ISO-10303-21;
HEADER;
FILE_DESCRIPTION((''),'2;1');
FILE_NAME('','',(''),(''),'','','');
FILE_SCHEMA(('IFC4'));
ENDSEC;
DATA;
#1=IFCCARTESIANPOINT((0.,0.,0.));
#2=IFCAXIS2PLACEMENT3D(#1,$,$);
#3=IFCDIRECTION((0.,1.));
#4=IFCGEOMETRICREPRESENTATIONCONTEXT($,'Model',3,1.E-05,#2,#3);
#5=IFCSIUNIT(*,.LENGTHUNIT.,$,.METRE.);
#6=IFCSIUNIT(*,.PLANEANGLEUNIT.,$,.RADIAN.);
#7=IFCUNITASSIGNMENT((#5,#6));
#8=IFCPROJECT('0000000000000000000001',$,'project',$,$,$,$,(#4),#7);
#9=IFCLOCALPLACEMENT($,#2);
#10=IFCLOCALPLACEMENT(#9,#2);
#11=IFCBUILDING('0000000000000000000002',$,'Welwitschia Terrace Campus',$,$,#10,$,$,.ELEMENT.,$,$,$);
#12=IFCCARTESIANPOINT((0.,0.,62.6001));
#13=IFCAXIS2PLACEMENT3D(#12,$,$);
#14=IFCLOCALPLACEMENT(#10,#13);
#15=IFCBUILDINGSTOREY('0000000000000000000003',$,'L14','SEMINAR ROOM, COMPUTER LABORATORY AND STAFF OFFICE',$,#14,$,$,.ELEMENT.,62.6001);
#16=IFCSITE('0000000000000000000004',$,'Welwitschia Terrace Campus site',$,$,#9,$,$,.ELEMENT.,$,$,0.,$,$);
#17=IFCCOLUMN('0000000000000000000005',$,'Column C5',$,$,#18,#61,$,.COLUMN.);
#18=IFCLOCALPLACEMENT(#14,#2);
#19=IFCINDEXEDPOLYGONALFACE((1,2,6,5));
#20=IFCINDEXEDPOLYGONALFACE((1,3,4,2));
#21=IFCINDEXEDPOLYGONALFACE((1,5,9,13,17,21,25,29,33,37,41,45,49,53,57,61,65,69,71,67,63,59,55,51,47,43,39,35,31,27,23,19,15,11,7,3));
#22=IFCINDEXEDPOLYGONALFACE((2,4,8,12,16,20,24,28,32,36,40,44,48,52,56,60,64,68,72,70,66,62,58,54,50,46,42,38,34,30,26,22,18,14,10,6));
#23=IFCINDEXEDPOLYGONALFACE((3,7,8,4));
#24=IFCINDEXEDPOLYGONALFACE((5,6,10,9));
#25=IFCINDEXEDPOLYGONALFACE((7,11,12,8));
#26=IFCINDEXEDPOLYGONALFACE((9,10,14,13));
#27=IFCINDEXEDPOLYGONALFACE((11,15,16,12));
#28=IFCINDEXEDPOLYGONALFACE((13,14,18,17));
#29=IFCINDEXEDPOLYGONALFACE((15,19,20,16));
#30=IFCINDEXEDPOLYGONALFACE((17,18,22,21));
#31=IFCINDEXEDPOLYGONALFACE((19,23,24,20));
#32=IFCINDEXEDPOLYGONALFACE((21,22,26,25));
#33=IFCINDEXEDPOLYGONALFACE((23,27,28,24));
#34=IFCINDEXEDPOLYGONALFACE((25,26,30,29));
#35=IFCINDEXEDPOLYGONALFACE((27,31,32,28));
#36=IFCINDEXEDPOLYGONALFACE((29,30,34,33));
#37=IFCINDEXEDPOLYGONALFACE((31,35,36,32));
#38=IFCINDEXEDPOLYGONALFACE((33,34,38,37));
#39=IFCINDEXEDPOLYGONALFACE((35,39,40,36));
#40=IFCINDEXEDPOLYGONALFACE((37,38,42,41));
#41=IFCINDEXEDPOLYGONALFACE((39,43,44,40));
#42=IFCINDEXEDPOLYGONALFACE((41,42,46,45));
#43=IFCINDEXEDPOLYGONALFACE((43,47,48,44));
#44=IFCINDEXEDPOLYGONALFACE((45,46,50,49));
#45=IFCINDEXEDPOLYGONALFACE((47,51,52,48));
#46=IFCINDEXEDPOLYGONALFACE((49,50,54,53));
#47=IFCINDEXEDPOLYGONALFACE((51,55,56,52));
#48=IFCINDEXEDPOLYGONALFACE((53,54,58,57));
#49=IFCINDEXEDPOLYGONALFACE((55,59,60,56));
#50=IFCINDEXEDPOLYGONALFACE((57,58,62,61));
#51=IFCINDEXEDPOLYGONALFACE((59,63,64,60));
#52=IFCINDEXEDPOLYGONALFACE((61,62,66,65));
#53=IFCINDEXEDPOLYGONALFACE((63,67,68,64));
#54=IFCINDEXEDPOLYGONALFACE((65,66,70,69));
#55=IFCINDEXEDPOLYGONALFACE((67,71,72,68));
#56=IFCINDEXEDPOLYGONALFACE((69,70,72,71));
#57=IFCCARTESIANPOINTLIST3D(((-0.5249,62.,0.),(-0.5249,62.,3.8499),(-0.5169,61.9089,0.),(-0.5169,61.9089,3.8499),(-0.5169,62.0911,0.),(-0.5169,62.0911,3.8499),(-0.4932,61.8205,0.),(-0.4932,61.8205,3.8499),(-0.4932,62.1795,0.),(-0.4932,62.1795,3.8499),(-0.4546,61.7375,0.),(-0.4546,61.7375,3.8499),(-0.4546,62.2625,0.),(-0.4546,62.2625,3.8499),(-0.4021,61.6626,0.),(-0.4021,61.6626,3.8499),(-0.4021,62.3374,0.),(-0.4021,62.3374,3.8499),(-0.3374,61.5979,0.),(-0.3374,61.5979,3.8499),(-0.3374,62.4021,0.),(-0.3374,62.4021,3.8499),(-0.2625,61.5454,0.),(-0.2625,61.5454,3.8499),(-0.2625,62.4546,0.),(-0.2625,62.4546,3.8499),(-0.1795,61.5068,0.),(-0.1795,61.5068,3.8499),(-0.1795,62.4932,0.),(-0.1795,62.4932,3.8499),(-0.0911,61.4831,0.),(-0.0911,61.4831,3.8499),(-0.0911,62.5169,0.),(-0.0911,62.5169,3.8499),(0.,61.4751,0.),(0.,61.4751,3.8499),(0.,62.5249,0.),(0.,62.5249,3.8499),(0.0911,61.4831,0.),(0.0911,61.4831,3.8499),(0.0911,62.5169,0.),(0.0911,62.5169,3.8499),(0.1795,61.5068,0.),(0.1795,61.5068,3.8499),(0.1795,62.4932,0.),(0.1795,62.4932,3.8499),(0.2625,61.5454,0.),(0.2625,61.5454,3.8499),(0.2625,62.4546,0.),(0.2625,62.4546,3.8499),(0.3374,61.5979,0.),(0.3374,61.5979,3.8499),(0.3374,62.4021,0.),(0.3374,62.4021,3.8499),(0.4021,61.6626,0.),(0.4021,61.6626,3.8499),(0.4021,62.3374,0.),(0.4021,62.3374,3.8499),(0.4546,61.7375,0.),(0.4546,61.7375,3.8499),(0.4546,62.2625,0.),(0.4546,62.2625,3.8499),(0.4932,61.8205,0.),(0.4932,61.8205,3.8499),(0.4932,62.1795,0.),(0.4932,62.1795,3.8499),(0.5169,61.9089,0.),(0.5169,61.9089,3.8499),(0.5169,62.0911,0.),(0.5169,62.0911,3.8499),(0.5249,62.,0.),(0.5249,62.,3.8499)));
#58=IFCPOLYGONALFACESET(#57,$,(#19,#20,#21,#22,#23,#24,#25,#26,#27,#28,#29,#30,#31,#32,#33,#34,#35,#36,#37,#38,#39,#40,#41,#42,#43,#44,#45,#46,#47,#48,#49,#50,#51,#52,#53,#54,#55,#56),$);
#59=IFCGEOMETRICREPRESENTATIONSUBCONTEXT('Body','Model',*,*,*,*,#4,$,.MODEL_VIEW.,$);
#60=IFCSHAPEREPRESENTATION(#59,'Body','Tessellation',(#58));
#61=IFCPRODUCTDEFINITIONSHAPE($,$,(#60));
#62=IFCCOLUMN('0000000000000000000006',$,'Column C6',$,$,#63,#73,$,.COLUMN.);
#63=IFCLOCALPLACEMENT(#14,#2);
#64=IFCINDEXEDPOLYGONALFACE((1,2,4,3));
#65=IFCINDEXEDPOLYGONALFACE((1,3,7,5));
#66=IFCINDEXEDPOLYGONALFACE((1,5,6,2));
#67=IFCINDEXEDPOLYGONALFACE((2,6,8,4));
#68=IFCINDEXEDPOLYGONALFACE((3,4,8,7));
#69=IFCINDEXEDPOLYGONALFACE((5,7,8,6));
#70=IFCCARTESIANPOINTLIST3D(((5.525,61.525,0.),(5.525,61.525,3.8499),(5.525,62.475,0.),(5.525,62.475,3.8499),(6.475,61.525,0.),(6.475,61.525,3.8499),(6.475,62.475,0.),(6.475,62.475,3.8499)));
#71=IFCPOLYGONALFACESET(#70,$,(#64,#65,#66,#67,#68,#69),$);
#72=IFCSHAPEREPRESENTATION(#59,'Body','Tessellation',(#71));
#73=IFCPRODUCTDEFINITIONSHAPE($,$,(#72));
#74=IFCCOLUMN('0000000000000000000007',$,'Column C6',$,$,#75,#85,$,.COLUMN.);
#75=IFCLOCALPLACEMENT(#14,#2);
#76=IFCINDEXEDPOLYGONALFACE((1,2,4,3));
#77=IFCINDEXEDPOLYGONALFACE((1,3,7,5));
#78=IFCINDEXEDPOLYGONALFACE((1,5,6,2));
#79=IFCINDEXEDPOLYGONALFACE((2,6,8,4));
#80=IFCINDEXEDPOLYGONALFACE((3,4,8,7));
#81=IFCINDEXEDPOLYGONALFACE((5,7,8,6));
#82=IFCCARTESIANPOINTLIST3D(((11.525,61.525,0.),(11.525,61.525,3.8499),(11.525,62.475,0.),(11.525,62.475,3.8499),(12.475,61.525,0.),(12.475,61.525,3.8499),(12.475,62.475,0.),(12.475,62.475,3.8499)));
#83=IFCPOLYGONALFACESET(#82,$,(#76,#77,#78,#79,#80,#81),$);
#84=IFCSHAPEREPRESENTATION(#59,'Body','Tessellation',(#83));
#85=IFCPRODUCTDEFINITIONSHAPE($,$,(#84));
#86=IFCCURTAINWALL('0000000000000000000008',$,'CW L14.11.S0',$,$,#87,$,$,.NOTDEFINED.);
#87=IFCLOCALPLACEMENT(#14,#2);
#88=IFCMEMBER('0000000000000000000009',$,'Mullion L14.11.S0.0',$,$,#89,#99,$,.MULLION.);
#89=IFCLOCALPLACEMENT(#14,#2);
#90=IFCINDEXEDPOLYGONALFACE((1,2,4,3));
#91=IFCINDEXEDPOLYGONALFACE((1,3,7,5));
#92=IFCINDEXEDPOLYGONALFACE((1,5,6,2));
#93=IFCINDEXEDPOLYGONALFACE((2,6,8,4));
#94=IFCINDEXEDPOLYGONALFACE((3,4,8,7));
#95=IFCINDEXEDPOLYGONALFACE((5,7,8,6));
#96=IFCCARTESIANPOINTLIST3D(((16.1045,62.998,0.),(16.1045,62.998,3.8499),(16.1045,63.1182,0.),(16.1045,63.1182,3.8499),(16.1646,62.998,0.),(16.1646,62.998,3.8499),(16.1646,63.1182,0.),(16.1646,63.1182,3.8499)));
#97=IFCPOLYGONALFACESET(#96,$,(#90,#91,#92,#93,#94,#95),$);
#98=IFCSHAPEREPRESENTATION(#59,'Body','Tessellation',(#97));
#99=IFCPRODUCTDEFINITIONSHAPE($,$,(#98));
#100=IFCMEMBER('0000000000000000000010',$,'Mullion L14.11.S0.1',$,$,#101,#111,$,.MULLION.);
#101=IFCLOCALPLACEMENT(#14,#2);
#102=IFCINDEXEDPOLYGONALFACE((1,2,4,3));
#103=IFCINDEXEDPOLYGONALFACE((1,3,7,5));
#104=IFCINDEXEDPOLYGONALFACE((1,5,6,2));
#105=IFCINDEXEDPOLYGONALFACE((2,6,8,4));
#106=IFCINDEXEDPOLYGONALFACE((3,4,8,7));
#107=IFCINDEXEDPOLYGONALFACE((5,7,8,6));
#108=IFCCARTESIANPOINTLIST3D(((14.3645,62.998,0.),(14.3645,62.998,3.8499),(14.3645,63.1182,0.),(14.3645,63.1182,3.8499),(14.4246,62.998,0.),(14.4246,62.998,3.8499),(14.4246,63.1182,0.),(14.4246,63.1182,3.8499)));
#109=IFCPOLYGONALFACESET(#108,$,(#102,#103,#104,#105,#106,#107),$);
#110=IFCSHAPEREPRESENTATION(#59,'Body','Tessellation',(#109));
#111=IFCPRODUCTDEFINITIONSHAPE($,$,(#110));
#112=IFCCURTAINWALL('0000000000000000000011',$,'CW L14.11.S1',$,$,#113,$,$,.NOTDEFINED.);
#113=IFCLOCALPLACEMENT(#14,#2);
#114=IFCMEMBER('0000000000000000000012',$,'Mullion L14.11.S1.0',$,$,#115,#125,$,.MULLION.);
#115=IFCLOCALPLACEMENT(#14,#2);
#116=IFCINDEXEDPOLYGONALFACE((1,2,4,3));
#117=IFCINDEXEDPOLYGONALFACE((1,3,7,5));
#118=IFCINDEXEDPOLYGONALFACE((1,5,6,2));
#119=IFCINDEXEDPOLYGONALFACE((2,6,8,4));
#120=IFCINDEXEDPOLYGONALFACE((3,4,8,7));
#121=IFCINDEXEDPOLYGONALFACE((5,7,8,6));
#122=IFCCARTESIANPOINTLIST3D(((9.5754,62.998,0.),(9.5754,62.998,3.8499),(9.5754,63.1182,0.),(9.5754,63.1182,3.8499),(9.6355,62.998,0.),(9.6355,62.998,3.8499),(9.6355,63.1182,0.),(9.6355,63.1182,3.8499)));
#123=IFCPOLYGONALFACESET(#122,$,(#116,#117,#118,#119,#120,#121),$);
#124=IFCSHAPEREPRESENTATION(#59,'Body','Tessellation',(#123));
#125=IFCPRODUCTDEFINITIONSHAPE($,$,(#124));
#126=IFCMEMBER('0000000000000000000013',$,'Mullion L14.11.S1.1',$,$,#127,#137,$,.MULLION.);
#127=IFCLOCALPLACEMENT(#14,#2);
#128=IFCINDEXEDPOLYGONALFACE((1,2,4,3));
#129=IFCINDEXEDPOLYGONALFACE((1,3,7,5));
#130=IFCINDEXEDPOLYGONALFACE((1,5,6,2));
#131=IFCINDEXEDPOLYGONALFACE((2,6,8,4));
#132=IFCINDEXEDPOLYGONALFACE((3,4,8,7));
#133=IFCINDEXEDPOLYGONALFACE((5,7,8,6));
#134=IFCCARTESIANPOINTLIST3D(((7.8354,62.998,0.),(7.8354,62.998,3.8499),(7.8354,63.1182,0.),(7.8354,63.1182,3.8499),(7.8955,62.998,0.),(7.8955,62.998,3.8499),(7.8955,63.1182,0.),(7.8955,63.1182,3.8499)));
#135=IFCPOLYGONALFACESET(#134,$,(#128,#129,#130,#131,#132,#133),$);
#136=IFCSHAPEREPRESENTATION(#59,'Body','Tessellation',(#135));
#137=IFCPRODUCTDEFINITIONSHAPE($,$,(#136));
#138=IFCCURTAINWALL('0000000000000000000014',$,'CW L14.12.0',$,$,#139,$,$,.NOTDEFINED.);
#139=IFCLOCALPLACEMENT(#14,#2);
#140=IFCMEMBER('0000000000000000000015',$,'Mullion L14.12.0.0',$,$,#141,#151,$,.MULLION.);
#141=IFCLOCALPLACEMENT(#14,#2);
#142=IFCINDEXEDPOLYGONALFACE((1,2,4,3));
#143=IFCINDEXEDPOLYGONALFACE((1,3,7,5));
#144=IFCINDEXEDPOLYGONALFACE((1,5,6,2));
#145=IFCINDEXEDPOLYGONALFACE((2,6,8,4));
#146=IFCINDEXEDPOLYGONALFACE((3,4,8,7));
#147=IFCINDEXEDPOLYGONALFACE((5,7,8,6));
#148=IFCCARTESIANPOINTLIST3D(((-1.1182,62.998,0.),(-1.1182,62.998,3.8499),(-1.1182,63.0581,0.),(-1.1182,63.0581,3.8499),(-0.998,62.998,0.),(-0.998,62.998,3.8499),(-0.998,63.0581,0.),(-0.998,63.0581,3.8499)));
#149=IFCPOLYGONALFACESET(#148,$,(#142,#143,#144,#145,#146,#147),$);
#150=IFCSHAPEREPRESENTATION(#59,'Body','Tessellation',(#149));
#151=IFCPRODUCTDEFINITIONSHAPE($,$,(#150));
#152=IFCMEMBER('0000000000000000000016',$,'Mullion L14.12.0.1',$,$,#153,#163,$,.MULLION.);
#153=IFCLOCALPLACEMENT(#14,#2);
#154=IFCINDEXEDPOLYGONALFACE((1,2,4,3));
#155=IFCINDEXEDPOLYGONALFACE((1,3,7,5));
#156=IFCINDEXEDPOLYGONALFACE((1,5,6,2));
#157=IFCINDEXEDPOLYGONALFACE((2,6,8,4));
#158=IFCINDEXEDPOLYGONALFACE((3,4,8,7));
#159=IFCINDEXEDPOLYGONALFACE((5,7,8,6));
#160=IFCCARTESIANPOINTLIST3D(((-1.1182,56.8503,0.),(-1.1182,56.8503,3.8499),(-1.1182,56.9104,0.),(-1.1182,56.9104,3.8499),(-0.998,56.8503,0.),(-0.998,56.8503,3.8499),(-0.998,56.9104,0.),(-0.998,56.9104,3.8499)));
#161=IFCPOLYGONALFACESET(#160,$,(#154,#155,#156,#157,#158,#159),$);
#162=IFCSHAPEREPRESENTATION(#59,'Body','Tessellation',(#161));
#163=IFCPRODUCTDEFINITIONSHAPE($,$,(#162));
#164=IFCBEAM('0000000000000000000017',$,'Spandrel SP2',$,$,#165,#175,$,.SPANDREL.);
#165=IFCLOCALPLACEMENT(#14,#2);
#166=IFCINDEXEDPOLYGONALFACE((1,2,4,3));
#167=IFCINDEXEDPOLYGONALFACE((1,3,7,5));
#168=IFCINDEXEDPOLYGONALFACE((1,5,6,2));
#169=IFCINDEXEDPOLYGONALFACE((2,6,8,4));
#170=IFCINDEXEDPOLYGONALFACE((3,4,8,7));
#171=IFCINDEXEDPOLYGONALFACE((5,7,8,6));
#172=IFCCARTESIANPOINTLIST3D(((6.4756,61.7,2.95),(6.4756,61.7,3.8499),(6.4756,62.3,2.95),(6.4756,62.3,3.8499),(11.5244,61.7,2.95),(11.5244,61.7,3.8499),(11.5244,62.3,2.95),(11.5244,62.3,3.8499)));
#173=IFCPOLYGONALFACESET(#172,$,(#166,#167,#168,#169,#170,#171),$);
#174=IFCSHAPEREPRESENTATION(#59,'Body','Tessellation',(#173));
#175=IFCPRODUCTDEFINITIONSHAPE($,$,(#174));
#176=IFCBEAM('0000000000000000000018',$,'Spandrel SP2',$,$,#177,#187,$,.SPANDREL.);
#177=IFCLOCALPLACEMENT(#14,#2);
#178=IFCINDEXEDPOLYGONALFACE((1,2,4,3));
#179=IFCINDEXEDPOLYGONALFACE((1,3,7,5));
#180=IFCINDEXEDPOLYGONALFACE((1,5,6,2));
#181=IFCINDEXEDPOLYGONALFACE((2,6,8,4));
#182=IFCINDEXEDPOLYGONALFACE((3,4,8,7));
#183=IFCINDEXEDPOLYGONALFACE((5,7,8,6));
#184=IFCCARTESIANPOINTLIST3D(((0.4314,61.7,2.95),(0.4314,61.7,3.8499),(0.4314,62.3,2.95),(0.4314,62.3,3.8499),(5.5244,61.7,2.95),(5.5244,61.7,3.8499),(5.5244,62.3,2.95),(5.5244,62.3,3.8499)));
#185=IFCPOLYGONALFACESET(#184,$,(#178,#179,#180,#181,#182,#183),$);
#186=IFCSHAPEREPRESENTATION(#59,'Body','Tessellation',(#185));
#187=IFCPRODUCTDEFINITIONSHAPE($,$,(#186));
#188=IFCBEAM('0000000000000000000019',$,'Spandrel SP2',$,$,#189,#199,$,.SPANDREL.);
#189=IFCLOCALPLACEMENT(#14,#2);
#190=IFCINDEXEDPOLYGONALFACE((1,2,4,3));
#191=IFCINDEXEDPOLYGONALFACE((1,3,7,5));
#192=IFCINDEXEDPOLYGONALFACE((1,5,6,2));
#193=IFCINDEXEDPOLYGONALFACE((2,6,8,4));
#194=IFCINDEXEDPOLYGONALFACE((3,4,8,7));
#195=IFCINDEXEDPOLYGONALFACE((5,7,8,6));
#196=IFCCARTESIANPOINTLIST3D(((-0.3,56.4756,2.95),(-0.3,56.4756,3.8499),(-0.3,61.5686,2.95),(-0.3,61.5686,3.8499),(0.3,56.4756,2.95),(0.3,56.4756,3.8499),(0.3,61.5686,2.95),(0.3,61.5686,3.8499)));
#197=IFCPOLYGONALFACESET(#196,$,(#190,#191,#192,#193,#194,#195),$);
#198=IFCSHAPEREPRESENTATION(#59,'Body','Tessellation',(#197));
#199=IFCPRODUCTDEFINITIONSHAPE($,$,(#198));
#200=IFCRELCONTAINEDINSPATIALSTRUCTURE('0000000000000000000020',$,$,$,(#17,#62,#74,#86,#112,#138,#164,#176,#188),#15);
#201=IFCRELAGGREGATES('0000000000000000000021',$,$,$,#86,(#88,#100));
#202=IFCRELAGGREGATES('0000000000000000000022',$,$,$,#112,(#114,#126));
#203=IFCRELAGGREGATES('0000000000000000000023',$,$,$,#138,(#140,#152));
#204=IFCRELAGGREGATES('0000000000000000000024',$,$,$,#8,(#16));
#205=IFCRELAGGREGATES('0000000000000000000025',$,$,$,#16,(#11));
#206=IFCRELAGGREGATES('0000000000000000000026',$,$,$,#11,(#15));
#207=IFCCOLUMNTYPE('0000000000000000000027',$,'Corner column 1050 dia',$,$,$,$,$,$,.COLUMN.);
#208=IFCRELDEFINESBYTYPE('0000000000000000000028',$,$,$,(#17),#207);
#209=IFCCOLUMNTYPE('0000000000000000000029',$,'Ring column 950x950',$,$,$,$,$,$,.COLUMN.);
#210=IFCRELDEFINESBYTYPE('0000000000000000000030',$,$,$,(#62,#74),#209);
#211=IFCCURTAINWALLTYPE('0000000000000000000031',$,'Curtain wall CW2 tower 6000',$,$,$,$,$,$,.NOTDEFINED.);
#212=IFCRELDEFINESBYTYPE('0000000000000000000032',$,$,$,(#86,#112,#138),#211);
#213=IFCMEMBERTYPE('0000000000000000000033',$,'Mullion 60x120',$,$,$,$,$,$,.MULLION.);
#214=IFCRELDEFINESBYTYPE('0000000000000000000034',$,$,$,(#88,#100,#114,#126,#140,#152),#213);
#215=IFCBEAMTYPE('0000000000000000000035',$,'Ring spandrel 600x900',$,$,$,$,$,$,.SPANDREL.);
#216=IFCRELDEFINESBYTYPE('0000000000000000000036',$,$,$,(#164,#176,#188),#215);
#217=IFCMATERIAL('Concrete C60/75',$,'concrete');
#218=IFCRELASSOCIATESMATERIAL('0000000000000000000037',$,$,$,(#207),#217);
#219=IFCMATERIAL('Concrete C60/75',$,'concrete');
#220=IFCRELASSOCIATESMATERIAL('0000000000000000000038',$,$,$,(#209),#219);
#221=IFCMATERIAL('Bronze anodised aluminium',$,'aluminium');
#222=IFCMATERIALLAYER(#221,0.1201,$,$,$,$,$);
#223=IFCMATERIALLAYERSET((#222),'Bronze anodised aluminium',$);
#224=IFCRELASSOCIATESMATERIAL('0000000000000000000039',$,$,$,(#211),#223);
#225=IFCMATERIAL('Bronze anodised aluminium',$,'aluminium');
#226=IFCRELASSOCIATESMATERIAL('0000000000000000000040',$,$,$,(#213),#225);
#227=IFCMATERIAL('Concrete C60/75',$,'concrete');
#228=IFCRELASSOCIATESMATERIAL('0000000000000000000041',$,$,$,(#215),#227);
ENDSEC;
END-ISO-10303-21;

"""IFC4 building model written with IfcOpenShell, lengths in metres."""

from ifc_helpers import new_model, si_unit, direction, frame, origin, origin_2d, place, context, subcontext, project, spatial, rectangle, circle, extrude, material, layer, layer_set, material_profile, profile_set, type_object, element, aggregate, save


model = new_model("IFC4")

# Units and contexts
model_context = context("Model", 3, precision=1e-05, world=origin(), true_north=direction((0.0, 1.0)))
body_context = subcontext(model_context, "Body", "Model", "MODEL_VIEW")
ifc_project = project(units=[si_unit("LENGTHUNIT", "METRE"), si_unit("PLANEANGLEUNIT", "RADIAN")], contexts=[model_context])

# Site, building, storey
site_placement = place(None, origin())
site = spatial("IfcSite", under=ifc_project, at=site_placement, Name="Welwitschia Terrace Campus site", CompositionType="ELEMENT", RefElevation=0.0)
building_placement = place(site_placement, origin())
building = spatial("IfcBuilding", under=site, at=building_placement, Name="Welwitschia Terrace Campus", CompositionType="ELEMENT")
storey_placement = place(building_placement, frame((0.0, 0.0, 62.6001)))
storey = spatial("IfcBuildingStorey", under=building, at=storey_placement, Name="L14", Description="SEMINAR ROOM, COMPUTER LABORATORY AND STAFF OFFICE", CompositionType="ELEMENT", Elevation=62.6001)

# Columns
ifc_material_1 = material(Name="Concrete C60/75", Category="concrete")
ifc_material_profile_1 = material_profile(ifc_material_1, circle(Radius=0.5249, at=origin_2d()))
ifc_profile_set_1 = profile_set([ifc_material_profile_1], Name="Concrete C60/75")
column_type_1 = type_object("IfcColumnType", Name="Corner column 1050 dia", PredefinedType="COLUMN", material=ifc_profile_set_1)
column_placement = place(storey_placement, frame((0.0, 62.0, 0.0), z_axis=(0.0, 0.0, 1.0), x_axis=(1.0, 0.0, 0.0)))
element("IfcColumn", 1, at=column_placement, inside=storey, type_object=column_type_1, Name="Column C5", PredefinedType="COLUMN", context=body_context, shape_type="SweptSolid", body=[
    extrude(circle(Radius=0.5249, at=origin_2d()), origin(), (0.0, 0.0, 1.0), 3.8499),
])
ifc_material_2 = material(Name="Concrete C60/75", Category="concrete")
ifc_material_profile_2 = material_profile(ifc_material_2, rectangle(XDim=0.95, YDim=0.95, at=origin_2d()))
ifc_profile_set_2 = profile_set([ifc_material_profile_2], Name="Concrete C60/75")
column_type_2 = type_object("IfcColumnType", Name="Ring column 950x950", PredefinedType="COLUMN", material=ifc_profile_set_2)
for number, where, z_axis, x_axis, name in (
    (2, (6.0, 62.0, 0.0), (0.0, 0.0, 1.0), (1.0, 0.0, 0.0), "Column C6"),
    (3, (12.0, 62.0, 0.0), (0.0, 0.0, 1.0), (1.0, 0.0, 0.0), "Column C6"),
):
    element("IfcColumn", number, at=place(storey_placement, frame(where, z_axis=z_axis, x_axis=x_axis)), inside=storey, type_object=column_type_2, Name=name, PredefinedType="COLUMN", context=body_context, shape_type="SweptSolid", body=[
        extrude(rectangle(XDim=0.95, YDim=0.95, at=origin_2d()), origin(), (0.0, 0.0, 1.0), 3.8499),
    ])

# Curtain walls, members
ifc_material_3 = material(Name="Bronze anodised aluminium", Category="aluminium")
ifc_layer_1 = layer(ifc_material_3, 0.1201)
ifc_layer_set_1 = layer_set([ifc_layer_1], Name="Bronze anodised aluminium")
curtain_wall_type = type_object("IfcCurtainWallType", Name="Curtain wall CW2 tower 6000", PredefinedType="NOTDEFINED", material=ifc_layer_set_1)
curtain_wall_1_placement = place(storey_placement, origin())
curtain_wall_1 = element("IfcCurtainWall", 4, at=curtain_wall_1_placement, inside=storey, type_object=curtain_wall_type, Name="CW L14.11.S0", PredefinedType="NOTDEFINED")
ifc_material_4 = material(Name="Bronze anodised aluminium", Category="aluminium")
ifc_material_profile_3 = material_profile(ifc_material_4, rectangle(XDim=0.1201, YDim=0.0601, at=origin_2d()))
ifc_profile_set_3 = profile_set([ifc_material_profile_3], Name="Bronze anodised aluminium")
member_type_1 = type_object("IfcMemberType", Name="Mullion 60x120", PredefinedType="MULLION", material=ifc_profile_set_3)
member_1_placement = place(storey_placement, frame((16.1345, 63.0581, 0.0), z_axis=(0.0, 0.0, 1.0), x_axis=(0.0, -1.0, 0.0)))
member_1 = element("IfcMember", 5, at=member_1_placement, type_object=member_type_1, Name="Mullion L14.11.S0.0", PredefinedType="MULLION", context=body_context, shape_type="SweptSolid", body=[
    extrude(rectangle(XDim=0.1201, YDim=0.0601, at=origin_2d()), origin(), (0.0, 0.0, 1.0), 3.8499),
])
member_2_placement = place(storey_placement, frame((14.3945, 63.0581, 0.0), z_axis=(0.0, 0.0, 1.0), x_axis=(0.0, -1.0, 0.0)))
member_2 = element("IfcMember", 6, at=member_2_placement, type_object=member_type_1, Name="Mullion L14.11.S0.1", PredefinedType="MULLION", context=body_context, shape_type="SweptSolid", body=[
    extrude(rectangle(XDim=0.1201, YDim=0.0601, at=origin_2d()), origin(), (0.0, 0.0, 1.0), 3.8499),
])
curtain_wall_2_placement = place(storey_placement, origin())
curtain_wall_2 = element("IfcCurtainWall", 7, at=curtain_wall_2_placement, inside=storey, type_object=curtain_wall_type, Name="CW L14.11.S1", PredefinedType="NOTDEFINED")
member_3_placement = place(storey_placement, frame((9.6055, 63.0581, 0.0), z_axis=(0.0, 0.0, 1.0), x_axis=(0.0, -1.0, 0.0)))
member_3 = element("IfcMember", 8, at=member_3_placement, type_object=member_type_1, Name="Mullion L14.11.S1.0", PredefinedType="MULLION", context=body_context, shape_type="SweptSolid", body=[
    extrude(rectangle(XDim=0.1201, YDim=0.0601, at=origin_2d()), origin(), (0.0, 0.0, 1.0), 3.8499),
])
member_4_placement = place(storey_placement, frame((7.8655, 63.0581, 0.0), z_axis=(0.0, 0.0, 1.0), x_axis=(0.0, -1.0, 0.0)))
member_4 = element("IfcMember", 9, at=member_4_placement, type_object=member_type_1, Name="Mullion L14.11.S1.1", PredefinedType="MULLION", context=body_context, shape_type="SweptSolid", body=[
    extrude(rectangle(XDim=0.1201, YDim=0.0601, at=origin_2d()), origin(), (0.0, 0.0, 1.0), 3.8499),
])
curtain_wall_3_placement = place(storey_placement, origin())
curtain_wall_3 = element("IfcCurtainWall", 10, at=curtain_wall_3_placement, inside=storey, type_object=curtain_wall_type, Name="CW L14.12.0", PredefinedType="NOTDEFINED")
member_5_placement = place(storey_placement, frame((-1.0581, 63.0281, 0.0), z_axis=(0.0, 0.0, 1.0), x_axis=(1.0, 0.0, 0.0)))
member_5 = element("IfcMember", 11, at=member_5_placement, type_object=member_type_1, Name="Mullion L14.12.0.0", PredefinedType="MULLION", context=body_context, shape_type="SweptSolid", body=[
    extrude(rectangle(XDim=0.1201, YDim=0.0601, at=origin_2d()), origin(), (0.0, 0.0, 1.0), 3.8499),
])
member_6_placement = place(storey_placement, frame((-1.0581, 56.8804, 0.0), z_axis=(0.0, 0.0, 1.0), x_axis=(1.0, 0.0, 0.0)))
member_6 = element("IfcMember", 12, at=member_6_placement, type_object=member_type_1, Name="Mullion L14.12.0.1", PredefinedType="MULLION", context=body_context, shape_type="SweptSolid", body=[
    extrude(rectangle(XDim=0.1201, YDim=0.0601, at=origin_2d()), origin(), (0.0, 0.0, 1.0), 3.8499),
])

# Beams
ifc_material_5 = material(Name="Concrete C60/75", Category="concrete")
ifc_material_profile_4 = material_profile(ifc_material_5, rectangle(XDim=0.6001, YDim=0.8999, at=origin_2d()))
ifc_profile_set_4 = profile_set([ifc_material_profile_4], Name="Concrete C60/75")
beam_type = type_object("IfcBeamType", Name="Ring spandrel 600x900", PredefinedType="SPANDREL", material=ifc_profile_set_4)
beam_placement = place(storey_placement, frame((11.5244, 62.0, 3.3999), z_axis=(-1.0, 0.0, 0.0), x_axis=(0.0, -1.0, 0.0)))
element("IfcBeam", 13, at=beam_placement, inside=storey, type_object=beam_type, Name="Spandrel SP2", PredefinedType="SPANDREL", context=body_context, shape_type="SweptSolid", body=[
    extrude(rectangle(XDim=0.6001, YDim=0.8999, at=origin_2d()), origin(), (0.0, 0.0, 1.0), 5.0488),
])
for number, where, z_axis, x_axis, name in (
    (14, (5.5244, 62.0, 3.3999), (-1.0, 0.0, 0.0), (0.0, -1.0, 0.0), "Spandrel SP2"),
    (15, (0.0, 61.5686, 3.3999), (0.0, -1.0, 0.0), (1.0, 0.0, 0.0), "Spandrel SP2"),
):
    element("IfcBeam", number, at=place(storey_placement, frame(where, z_axis=z_axis, x_axis=x_axis)), inside=storey, type_object=beam_type, Name=name, PredefinedType="SPANDREL", context=body_context, shape_type="SweptSolid", body=[
        extrude(rectangle(XDim=0.6001, YDim=0.8999, at=origin_2d()), origin(), (0.0, 0.0, 1.0), 5.093),
    ])

aggregate(curtain_wall_1, [member_1, member_2])
aggregate(curtain_wall_2, [member_3, member_4])
aggregate(curtain_wall_3, [member_5, member_6])

save(model, "model.ifc")
